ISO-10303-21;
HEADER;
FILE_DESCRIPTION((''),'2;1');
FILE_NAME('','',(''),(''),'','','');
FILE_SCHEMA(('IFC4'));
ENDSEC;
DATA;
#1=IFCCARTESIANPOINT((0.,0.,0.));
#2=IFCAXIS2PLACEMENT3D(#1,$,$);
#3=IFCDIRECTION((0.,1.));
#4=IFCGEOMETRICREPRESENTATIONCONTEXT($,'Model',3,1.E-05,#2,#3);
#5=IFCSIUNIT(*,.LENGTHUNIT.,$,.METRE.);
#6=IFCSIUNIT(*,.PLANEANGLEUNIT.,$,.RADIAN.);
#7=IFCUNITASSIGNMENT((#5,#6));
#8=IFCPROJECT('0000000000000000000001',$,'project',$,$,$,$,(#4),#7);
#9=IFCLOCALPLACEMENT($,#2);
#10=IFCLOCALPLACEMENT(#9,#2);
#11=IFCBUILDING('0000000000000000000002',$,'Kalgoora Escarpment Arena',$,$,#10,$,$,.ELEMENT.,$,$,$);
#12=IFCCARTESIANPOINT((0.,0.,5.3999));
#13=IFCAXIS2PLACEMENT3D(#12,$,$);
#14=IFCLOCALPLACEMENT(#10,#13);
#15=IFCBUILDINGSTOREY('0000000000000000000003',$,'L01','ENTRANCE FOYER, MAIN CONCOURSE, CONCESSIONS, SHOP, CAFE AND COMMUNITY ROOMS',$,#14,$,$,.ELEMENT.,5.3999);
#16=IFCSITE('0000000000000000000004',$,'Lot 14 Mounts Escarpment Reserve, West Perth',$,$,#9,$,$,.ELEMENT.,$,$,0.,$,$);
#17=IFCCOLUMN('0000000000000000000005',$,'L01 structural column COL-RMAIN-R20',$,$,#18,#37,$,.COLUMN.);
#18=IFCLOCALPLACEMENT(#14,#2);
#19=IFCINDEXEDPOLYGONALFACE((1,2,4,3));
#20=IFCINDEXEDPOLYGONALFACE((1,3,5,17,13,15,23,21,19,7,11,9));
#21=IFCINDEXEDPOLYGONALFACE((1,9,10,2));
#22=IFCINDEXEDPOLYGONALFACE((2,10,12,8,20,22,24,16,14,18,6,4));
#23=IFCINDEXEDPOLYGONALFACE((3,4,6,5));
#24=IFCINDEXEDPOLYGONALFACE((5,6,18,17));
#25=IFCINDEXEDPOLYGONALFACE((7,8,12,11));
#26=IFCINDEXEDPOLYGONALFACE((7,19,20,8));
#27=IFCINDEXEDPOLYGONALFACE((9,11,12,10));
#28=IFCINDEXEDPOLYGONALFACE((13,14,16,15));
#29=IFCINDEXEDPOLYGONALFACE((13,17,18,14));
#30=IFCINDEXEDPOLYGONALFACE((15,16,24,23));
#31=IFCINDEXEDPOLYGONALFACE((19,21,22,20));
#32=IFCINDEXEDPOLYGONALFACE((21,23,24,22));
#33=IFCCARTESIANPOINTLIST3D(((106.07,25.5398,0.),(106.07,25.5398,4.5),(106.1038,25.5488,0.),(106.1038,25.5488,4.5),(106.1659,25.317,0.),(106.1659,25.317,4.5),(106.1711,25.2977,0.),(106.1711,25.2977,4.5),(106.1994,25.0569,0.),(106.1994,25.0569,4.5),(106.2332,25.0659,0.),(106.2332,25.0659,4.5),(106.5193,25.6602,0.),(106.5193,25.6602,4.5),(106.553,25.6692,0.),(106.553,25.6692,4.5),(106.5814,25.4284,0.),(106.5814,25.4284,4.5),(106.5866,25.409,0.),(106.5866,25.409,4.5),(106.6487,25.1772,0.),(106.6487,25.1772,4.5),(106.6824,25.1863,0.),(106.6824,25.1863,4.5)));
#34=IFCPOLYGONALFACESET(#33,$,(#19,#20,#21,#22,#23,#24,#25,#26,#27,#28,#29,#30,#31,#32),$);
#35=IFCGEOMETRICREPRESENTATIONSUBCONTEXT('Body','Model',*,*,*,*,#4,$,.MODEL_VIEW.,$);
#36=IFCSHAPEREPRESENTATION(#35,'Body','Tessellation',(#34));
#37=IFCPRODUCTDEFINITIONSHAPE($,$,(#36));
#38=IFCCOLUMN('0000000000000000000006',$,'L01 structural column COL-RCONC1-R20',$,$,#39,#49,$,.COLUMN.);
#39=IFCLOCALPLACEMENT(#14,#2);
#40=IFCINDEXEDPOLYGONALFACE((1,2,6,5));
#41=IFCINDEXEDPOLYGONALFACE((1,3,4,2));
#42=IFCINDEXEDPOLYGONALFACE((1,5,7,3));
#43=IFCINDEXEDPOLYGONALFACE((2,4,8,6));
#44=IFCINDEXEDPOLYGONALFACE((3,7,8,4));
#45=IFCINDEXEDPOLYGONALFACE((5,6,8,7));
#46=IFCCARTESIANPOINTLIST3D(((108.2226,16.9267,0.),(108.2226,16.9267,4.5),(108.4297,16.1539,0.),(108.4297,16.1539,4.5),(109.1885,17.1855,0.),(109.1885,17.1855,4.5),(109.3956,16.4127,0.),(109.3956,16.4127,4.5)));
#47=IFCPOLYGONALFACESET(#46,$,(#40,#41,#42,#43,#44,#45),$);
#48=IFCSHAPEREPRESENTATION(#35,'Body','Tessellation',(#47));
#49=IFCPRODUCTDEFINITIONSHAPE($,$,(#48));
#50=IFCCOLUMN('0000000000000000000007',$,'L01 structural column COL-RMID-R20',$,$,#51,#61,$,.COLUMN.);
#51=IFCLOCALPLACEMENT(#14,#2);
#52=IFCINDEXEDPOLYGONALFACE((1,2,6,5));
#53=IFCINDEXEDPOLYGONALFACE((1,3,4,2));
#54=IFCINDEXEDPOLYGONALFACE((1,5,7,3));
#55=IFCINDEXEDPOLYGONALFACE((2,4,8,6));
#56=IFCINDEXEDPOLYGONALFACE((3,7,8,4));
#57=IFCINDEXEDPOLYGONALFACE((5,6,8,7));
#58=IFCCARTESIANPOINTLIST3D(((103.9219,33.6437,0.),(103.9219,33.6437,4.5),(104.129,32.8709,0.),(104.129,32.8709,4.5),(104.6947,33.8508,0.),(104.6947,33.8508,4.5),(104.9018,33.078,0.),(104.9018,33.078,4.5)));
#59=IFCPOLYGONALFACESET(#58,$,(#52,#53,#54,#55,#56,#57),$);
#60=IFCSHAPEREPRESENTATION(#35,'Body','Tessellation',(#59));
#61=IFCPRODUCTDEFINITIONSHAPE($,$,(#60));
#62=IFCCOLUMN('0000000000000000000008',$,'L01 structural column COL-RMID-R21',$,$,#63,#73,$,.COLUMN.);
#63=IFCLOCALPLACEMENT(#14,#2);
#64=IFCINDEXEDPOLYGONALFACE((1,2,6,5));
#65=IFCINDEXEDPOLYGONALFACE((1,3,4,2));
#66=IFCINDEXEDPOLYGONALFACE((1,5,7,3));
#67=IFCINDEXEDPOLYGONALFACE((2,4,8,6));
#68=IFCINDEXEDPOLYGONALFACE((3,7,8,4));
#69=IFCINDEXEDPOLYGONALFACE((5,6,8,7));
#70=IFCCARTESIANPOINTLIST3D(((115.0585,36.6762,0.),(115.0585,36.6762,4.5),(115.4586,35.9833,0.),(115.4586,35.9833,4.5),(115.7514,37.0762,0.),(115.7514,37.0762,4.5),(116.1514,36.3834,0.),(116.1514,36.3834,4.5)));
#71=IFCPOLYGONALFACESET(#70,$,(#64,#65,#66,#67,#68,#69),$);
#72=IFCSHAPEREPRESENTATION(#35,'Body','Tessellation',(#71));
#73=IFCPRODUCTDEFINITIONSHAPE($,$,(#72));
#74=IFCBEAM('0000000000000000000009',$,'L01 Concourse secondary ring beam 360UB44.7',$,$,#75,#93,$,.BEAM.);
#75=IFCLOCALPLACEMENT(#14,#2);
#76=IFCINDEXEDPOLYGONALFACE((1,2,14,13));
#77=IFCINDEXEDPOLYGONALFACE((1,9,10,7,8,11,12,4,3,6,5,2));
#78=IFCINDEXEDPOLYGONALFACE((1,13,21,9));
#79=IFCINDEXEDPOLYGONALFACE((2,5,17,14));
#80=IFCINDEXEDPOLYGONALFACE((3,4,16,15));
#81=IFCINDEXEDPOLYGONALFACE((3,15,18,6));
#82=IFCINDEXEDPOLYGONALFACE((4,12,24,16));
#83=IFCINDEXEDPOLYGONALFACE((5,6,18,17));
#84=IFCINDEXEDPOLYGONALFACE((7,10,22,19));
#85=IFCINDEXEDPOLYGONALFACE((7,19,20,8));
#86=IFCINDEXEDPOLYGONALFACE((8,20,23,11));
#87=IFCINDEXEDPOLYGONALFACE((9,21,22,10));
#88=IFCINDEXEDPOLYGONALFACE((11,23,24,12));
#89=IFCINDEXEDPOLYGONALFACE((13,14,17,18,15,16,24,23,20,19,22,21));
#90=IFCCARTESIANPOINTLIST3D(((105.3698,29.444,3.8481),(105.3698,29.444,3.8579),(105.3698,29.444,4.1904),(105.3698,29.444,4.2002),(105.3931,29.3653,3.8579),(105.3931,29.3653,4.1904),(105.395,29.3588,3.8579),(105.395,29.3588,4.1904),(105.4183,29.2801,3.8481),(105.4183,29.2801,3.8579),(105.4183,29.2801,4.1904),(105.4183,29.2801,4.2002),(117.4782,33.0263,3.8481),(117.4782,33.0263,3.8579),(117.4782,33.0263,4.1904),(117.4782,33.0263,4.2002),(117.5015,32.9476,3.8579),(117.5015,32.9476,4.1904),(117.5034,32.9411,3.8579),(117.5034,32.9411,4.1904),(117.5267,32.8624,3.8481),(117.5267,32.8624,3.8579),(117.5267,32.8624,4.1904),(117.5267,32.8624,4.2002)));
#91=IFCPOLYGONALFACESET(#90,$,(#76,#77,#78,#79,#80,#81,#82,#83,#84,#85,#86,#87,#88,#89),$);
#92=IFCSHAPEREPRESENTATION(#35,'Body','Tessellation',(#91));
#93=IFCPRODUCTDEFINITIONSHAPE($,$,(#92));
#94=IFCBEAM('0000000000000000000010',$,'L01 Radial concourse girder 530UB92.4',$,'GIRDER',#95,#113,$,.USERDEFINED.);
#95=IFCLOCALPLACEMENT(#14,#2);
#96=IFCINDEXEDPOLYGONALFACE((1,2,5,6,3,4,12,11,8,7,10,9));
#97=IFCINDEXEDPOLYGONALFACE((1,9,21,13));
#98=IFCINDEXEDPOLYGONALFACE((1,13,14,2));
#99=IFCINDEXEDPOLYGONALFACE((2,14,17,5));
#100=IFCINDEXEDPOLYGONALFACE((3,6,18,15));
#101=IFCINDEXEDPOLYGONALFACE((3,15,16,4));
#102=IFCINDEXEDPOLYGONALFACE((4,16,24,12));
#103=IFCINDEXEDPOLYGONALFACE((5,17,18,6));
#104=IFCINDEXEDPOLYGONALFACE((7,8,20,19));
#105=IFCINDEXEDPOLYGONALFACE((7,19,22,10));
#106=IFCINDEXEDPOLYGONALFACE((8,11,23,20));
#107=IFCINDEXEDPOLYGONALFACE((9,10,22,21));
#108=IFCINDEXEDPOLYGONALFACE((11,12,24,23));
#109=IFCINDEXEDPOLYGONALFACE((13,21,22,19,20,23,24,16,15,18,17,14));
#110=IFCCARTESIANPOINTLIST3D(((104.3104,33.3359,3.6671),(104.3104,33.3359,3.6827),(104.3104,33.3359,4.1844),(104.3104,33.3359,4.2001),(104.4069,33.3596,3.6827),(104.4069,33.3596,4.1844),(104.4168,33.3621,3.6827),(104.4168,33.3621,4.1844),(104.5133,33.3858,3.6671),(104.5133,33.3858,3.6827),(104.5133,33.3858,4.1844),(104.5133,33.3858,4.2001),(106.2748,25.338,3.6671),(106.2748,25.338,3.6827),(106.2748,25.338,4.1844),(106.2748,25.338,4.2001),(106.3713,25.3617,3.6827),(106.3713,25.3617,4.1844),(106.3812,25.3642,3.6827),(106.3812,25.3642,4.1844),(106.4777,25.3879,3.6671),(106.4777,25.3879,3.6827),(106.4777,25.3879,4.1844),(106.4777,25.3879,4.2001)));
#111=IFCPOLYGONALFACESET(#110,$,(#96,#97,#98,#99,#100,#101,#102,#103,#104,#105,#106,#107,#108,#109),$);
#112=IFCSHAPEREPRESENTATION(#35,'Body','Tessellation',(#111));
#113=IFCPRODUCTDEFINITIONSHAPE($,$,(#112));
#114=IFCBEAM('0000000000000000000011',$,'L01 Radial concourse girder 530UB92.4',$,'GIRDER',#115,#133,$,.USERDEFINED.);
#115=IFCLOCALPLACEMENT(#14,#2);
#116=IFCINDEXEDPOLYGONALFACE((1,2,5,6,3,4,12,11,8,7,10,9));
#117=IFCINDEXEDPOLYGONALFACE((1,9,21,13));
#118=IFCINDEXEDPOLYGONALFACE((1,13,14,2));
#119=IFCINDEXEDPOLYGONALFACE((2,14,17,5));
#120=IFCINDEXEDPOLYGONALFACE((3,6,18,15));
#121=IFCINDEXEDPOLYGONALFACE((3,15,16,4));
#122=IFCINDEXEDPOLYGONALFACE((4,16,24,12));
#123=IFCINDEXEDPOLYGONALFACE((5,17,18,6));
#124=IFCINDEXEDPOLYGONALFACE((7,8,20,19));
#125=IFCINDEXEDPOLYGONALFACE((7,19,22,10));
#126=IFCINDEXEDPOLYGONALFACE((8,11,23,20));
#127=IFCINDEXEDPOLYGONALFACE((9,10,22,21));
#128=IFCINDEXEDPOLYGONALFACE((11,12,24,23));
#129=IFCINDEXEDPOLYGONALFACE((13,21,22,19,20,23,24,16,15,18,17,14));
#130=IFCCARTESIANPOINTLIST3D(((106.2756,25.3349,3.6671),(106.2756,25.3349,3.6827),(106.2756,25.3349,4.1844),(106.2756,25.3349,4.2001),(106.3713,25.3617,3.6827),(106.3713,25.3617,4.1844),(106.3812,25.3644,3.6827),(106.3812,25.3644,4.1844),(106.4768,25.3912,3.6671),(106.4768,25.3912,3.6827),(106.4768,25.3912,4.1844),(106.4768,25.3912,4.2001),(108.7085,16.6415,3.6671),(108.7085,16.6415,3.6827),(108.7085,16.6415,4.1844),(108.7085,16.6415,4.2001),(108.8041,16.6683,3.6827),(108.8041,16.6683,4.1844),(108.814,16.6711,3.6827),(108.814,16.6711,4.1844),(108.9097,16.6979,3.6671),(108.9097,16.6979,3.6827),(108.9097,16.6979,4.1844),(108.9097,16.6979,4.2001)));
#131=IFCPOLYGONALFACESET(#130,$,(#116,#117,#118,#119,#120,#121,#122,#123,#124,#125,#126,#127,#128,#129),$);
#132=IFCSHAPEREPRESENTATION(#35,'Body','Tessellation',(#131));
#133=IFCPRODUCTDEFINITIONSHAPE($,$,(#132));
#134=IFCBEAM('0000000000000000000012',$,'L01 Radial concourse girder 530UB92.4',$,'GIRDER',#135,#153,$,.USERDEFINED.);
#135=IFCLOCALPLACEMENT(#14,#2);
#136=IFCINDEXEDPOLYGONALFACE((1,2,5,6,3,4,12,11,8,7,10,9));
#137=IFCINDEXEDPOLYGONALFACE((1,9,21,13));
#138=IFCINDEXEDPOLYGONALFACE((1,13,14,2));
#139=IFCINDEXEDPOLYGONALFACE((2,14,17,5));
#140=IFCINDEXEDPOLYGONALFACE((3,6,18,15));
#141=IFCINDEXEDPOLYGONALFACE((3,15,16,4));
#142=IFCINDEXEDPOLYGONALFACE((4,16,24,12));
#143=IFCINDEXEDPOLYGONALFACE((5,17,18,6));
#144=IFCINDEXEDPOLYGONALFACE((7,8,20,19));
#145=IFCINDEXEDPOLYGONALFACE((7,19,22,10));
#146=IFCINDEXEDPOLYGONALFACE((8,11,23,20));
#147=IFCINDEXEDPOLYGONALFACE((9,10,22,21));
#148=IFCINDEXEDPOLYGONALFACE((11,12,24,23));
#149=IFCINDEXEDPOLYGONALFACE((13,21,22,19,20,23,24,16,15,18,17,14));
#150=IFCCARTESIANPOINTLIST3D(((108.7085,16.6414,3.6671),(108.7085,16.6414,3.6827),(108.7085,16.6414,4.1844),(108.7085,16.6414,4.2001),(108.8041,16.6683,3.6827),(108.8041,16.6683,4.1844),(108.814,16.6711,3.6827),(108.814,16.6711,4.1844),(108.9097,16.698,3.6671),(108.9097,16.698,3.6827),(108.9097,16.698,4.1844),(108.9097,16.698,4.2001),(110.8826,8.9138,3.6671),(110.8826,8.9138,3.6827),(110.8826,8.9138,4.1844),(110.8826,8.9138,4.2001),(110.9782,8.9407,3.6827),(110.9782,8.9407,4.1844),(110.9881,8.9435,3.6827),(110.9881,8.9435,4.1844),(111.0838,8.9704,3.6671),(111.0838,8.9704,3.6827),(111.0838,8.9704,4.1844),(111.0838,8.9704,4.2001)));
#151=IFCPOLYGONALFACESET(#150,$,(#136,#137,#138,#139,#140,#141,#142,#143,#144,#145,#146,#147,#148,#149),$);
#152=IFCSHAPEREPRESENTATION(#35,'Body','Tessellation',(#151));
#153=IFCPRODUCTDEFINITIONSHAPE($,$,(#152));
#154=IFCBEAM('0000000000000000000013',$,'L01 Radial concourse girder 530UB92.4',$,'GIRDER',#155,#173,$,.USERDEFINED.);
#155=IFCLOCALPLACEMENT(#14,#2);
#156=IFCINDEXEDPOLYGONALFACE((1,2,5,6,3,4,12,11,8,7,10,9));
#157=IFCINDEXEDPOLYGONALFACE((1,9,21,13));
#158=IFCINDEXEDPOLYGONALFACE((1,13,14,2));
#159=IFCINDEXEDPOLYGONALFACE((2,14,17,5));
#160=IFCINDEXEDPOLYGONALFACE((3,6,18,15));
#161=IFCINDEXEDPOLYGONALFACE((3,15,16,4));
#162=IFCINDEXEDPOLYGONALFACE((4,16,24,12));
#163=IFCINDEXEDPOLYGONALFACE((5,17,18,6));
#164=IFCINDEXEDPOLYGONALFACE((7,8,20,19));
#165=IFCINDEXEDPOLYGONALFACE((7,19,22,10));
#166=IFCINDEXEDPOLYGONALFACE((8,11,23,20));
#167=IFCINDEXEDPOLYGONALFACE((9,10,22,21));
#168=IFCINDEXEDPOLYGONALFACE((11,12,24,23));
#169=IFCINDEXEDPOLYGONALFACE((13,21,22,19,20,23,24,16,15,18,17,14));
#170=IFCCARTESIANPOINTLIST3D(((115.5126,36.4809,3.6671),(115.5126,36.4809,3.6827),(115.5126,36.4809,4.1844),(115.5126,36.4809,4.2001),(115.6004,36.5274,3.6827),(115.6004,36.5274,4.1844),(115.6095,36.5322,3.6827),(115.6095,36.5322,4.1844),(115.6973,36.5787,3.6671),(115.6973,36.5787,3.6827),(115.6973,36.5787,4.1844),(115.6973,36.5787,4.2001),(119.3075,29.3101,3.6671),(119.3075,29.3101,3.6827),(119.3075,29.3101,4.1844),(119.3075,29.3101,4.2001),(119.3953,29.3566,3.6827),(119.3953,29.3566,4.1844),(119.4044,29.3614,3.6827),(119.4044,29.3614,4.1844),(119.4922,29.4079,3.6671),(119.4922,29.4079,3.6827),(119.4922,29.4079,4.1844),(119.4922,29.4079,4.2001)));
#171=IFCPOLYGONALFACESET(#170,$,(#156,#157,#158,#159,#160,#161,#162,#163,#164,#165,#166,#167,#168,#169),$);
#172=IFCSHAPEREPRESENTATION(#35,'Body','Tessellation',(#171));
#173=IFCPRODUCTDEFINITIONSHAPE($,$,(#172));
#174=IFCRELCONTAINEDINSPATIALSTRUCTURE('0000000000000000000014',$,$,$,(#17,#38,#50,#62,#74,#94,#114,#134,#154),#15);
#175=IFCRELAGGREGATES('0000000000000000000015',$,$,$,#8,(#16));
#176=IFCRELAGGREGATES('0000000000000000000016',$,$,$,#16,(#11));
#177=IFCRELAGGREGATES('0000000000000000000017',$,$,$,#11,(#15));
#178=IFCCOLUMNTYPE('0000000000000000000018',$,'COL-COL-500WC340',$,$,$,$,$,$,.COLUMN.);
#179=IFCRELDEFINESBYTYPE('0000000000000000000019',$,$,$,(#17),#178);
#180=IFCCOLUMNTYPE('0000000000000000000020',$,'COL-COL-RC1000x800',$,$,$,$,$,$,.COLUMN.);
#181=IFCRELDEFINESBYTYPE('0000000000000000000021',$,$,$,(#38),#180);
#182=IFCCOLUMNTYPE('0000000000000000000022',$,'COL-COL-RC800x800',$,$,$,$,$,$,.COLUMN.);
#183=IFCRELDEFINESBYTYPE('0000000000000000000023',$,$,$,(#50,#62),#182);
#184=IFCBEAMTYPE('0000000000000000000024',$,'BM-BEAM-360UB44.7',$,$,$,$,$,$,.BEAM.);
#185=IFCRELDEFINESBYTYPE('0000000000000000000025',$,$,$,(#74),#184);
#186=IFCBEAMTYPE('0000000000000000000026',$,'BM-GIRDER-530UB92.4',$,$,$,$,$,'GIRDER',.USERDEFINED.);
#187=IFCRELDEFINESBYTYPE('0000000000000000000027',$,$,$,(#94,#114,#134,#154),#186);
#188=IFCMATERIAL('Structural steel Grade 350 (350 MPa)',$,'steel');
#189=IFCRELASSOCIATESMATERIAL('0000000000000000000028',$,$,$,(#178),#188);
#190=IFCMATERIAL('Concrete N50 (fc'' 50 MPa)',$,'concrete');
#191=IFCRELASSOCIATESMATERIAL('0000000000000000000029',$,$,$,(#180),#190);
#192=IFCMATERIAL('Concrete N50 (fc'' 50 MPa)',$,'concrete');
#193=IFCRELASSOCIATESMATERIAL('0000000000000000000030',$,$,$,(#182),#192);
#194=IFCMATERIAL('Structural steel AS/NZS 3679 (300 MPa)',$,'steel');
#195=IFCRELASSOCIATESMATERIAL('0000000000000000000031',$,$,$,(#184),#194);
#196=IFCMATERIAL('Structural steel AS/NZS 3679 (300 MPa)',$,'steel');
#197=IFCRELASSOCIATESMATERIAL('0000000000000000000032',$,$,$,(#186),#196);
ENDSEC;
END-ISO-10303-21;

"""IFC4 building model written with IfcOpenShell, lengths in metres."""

from ifc_helpers import new_model, si_unit, direction, frame, origin, origin_2d, place, context, subcontext, project, spatial, rectangle, i_section, extrude, material, material_profile, profile_set, type_object, element, save


model = new_model("IFC4")

# Units and contexts
model_context = context("Model", 3, precision=1e-05, world=origin(), true_north=direction((0.0, 1.0)))
body_context = subcontext(model_context, "Body", "Model", "MODEL_VIEW")
ifc_project = project(units=[si_unit("LENGTHUNIT", "METRE"), si_unit("PLANEANGLEUNIT", "RADIAN")], contexts=[model_context])

# Site, building, storey
site_placement = place(None, origin())
site = spatial("IfcSite", under=ifc_project, at=site_placement, Name="Lot 14 Mounts Escarpment Reserve, West Perth", CompositionType="ELEMENT", RefElevation=0.0)
building_placement = place(site_placement, origin())
building = spatial("IfcBuilding", under=site, at=building_placement, Name="Kalgoora Escarpment Arena", CompositionType="ELEMENT")
storey_placement = place(building_placement, frame((0.0, 0.0, 5.3999)))
storey = spatial("IfcBuildingStorey", under=building, at=storey_placement, Name="L01", Description="ENTRANCE FOYER, MAIN CONCOURSE, CONCESSIONS, SHOP, CAFE AND COMMUNITY ROOMS", CompositionType="ELEMENT", Elevation=5.3999)

# Columns
ifc_material_1 = material(Name="Structural steel Grade 350 (350 MPa)", Category="steel")
ifc_material_profile_1 = material_profile(ifc_material_1, i_section(OverallWidth=0.5, OverallDepth=0.5, WebThickness=0.02, FlangeThickness=0.0349, at=origin_2d()))
ifc_profile_set_1 = profile_set([ifc_material_profile_1], Name="Structural steel Grade 350 (350 MPa)")
column_type_1 = type_object("IfcColumnType", Name="COL-COL-500WC340", PredefinedType="COLUMN", material=ifc_profile_set_1)
column_1_placement = place(storey_placement, frame((106.3762, 25.363, 0.0), z_axis=(0.0, 0.0, 1.0), x_axis=(0.258819, -0.965926, 0.0)))
element("IfcColumn", 1, at=column_1_placement, inside=storey, type_object=column_type_1, Name="L01 structural column COL-RMAIN-R20", PredefinedType="COLUMN", context=body_context, shape_type="SweptSolid", body=[
    extrude(i_section(OverallWidth=0.5, OverallDepth=0.5, WebThickness=0.02, FlangeThickness=0.0349, at=origin_2d()), origin(), (0.0, 0.0, 1.0), 4.5),
])
ifc_material_2 = material(Name="Concrete N50 (fc' 50 MPa)", Category="concrete")
ifc_material_profile_2 = material_profile(ifc_material_2, rectangle(XDim=0.8, YDim=1.0, at=origin_2d()))
ifc_profile_set_2 = profile_set([ifc_material_profile_2], Name="Concrete N50 (fc' 50 MPa)")
column_type_2 = type_object("IfcColumnType", Name="COL-COL-RC1000x800", PredefinedType="COLUMN", material=ifc_profile_set_2)
column_2_placement = place(storey_placement, frame((108.8091, 16.6697, 0.0), z_axis=(0.0, 0.0, 1.0), x_axis=(0.258819, -0.965926, 0.0)))
element("IfcColumn", 2, at=column_2_placement, inside=storey, type_object=column_type_2, Name="L01 structural column COL-RCONC1-R20", PredefinedType="COLUMN", context=body_context, shape_type="SweptSolid", body=[
    extrude(rectangle(XDim=0.8, YDim=1.0, at=origin_2d()), origin(), (0.0, 0.0, 1.0), 4.5),
])
ifc_material_3 = material(Name="Concrete N50 (fc' 50 MPa)", Category="concrete")
ifc_material_profile_3 = material_profile(ifc_material_3, rectangle(XDim=0.8, YDim=0.8, at=origin_2d()))
ifc_profile_set_3 = profile_set([ifc_material_profile_3], Name="Concrete N50 (fc' 50 MPa)")
column_type_3 = type_object("IfcColumnType", Name="COL-COL-RC800x800", PredefinedType="COLUMN", material=ifc_profile_set_3)
for number, where, z_axis, x_axis, name in (
    (3, (104.4119, 33.3608, 0.0), (0.0, 0.0, 1.0), (0.258819, -0.965926, 0.0), "L01 structural column COL-RMID-R20"),
    (4, (115.605, 36.5298, 0.0), (0.0, 0.0, 1.0), (0.5, -0.866025, 0.0), "L01 structural column COL-RMID-R21"),
):
    element("IfcColumn", number, at=place(storey_placement, frame(where, z_axis=z_axis, x_axis=x_axis)), inside=storey, type_object=column_type_3, Name=name, PredefinedType="COLUMN", context=body_context, shape_type="SweptSolid", body=[
        extrude(rectangle(XDim=0.8, YDim=0.8, at=origin_2d()), origin(), (0.0, 0.0, 1.0), 4.5),
    ])

# Beams
ifc_material_4 = material(Name="Structural steel AS/NZS 3679 (300 MPa)", Category="steel")
ifc_material_profile_4 = material_profile(ifc_material_4, i_section(OverallWidth=0.1709, OverallDepth=0.3521, WebThickness=0.0068, FlangeThickness=0.0098, at=origin_2d()))
ifc_profile_set_4 = profile_set([ifc_material_profile_4], Name="Structural steel AS/NZS 3679 (300 MPa)")
beam_type_1 = type_object("IfcBeamType", Name="BM-BEAM-360UB44.7", PredefinedType="BEAM", material=ifc_profile_set_4)
beam_1_placement = place(storey_placement, frame((105.394, 29.3621, 4.0242), z_axis=(0.958914, 0.283695, 0.0), x_axis=(-0.283695, 0.958914, 0.0)))
element("IfcBeam", 5, at=beam_1_placement, inside=storey, type_object=beam_type_1, Name="L01 Concourse secondary ring beam 360UB44.7", PredefinedType="BEAM", context=body_context, shape_type="SweptSolid", body=[
    extrude(i_section(OverallWidth=0.1709, OverallDepth=0.3521, WebThickness=0.0068, FlangeThickness=0.0098, at=origin_2d()), origin(), (0.0, 0.0, 1.0), 12.6272),
])
ifc_material_5 = material(Name="Structural steel AS/NZS 3679 (300 MPa)", Category="steel")
ifc_material_profile_5 = material_profile(ifc_material_5, i_section(OverallWidth=0.209, OverallDepth=0.533, WebThickness=0.0103, FlangeThickness=0.0156, at=origin_2d()))
ifc_profile_set_5 = profile_set([ifc_material_profile_5], Name="Structural steel AS/NZS 3679 (300 MPa)")
beam_type_2 = type_object("IfcBeamType", Name="BM-GIRDER-530UB92.4", ElementType="GIRDER", PredefinedType="USERDEFINED", material=ifc_profile_set_5)
beam_2_placement = place(storey_placement, frame((104.4119, 33.3608, 3.9336), z_axis=(0.238523, -0.971137, 0.0), x_axis=(0.971137, 0.238523, 0.0)))
element("IfcBeam", 6, at=beam_2_placement, inside=storey, type_object=beam_type_2, Name="L01 Radial concourse girder 530UB92.4", ObjectType="GIRDER", PredefinedType="USERDEFINED", context=body_context, shape_type="SweptSolid", body=[
    extrude(i_section(OverallWidth=0.209, OverallDepth=0.533, WebThickness=0.0103, FlangeThickness=0.0156, at=origin_2d()), origin(), (0.0, 0.0, 1.0), 8.2356),
])
beam_3_placement = place(storey_placement, frame((106.3762, 25.363, 3.9336), z_axis=(0.269499, -0.963001, 0.0), x_axis=(0.963001, 0.269499, 0.0)))
element("IfcBeam", 7, at=beam_3_placement, inside=storey, type_object=beam_type_2, Name="L01 Radial concourse girder 530UB92.4", ObjectType="GIRDER", PredefinedType="USERDEFINED", context=body_context, shape_type="SweptSolid", body=[
    extrude(i_section(OverallWidth=0.209, OverallDepth=0.533, WebThickness=0.0103, FlangeThickness=0.0156, at=origin_2d()), origin(), (0.0, 0.0, 1.0), 9.0273),
])
beam_4_placement = place(storey_placement, frame((108.8091, 16.6697, 3.9336), z_axis=(0.270827, -0.962628, 0.0), x_axis=(0.962628, 0.270827, 0.0)))
element("IfcBeam", 8, at=beam_4_placement, inside=storey, type_object=beam_type_2, Name="L01 Radial concourse girder 530UB92.4", ObjectType="GIRDER", PredefinedType="USERDEFINED", context=body_context, shape_type="SweptSolid", body=[
    extrude(i_section(OverallWidth=0.209, OverallDepth=0.533, WebThickness=0.0103, FlangeThickness=0.0156, at=origin_2d()), origin(), (0.0, 0.0, 1.0), 8.0276),
])
beam_5_placement = place(storey_placement, frame((115.605, 36.5298, 3.9336), z_axis=(0.467749, -0.883861, 0.0), x_axis=(0.883861, 0.467749, 0.0)))
element("IfcBeam", 9, at=beam_5_placement, inside=storey, type_object=beam_type_2, Name="L01 Radial concourse girder 530UB92.4", ObjectType="GIRDER", PredefinedType="USERDEFINED", context=body_context, shape_type="SweptSolid", body=[
    extrude(i_section(OverallWidth=0.209, OverallDepth=0.533, WebThickness=0.0103, FlangeThickness=0.0156, at=origin_2d()), origin(), (0.0, 0.0, 1.0), 8.113),
])

save(model, "model.ifc")
